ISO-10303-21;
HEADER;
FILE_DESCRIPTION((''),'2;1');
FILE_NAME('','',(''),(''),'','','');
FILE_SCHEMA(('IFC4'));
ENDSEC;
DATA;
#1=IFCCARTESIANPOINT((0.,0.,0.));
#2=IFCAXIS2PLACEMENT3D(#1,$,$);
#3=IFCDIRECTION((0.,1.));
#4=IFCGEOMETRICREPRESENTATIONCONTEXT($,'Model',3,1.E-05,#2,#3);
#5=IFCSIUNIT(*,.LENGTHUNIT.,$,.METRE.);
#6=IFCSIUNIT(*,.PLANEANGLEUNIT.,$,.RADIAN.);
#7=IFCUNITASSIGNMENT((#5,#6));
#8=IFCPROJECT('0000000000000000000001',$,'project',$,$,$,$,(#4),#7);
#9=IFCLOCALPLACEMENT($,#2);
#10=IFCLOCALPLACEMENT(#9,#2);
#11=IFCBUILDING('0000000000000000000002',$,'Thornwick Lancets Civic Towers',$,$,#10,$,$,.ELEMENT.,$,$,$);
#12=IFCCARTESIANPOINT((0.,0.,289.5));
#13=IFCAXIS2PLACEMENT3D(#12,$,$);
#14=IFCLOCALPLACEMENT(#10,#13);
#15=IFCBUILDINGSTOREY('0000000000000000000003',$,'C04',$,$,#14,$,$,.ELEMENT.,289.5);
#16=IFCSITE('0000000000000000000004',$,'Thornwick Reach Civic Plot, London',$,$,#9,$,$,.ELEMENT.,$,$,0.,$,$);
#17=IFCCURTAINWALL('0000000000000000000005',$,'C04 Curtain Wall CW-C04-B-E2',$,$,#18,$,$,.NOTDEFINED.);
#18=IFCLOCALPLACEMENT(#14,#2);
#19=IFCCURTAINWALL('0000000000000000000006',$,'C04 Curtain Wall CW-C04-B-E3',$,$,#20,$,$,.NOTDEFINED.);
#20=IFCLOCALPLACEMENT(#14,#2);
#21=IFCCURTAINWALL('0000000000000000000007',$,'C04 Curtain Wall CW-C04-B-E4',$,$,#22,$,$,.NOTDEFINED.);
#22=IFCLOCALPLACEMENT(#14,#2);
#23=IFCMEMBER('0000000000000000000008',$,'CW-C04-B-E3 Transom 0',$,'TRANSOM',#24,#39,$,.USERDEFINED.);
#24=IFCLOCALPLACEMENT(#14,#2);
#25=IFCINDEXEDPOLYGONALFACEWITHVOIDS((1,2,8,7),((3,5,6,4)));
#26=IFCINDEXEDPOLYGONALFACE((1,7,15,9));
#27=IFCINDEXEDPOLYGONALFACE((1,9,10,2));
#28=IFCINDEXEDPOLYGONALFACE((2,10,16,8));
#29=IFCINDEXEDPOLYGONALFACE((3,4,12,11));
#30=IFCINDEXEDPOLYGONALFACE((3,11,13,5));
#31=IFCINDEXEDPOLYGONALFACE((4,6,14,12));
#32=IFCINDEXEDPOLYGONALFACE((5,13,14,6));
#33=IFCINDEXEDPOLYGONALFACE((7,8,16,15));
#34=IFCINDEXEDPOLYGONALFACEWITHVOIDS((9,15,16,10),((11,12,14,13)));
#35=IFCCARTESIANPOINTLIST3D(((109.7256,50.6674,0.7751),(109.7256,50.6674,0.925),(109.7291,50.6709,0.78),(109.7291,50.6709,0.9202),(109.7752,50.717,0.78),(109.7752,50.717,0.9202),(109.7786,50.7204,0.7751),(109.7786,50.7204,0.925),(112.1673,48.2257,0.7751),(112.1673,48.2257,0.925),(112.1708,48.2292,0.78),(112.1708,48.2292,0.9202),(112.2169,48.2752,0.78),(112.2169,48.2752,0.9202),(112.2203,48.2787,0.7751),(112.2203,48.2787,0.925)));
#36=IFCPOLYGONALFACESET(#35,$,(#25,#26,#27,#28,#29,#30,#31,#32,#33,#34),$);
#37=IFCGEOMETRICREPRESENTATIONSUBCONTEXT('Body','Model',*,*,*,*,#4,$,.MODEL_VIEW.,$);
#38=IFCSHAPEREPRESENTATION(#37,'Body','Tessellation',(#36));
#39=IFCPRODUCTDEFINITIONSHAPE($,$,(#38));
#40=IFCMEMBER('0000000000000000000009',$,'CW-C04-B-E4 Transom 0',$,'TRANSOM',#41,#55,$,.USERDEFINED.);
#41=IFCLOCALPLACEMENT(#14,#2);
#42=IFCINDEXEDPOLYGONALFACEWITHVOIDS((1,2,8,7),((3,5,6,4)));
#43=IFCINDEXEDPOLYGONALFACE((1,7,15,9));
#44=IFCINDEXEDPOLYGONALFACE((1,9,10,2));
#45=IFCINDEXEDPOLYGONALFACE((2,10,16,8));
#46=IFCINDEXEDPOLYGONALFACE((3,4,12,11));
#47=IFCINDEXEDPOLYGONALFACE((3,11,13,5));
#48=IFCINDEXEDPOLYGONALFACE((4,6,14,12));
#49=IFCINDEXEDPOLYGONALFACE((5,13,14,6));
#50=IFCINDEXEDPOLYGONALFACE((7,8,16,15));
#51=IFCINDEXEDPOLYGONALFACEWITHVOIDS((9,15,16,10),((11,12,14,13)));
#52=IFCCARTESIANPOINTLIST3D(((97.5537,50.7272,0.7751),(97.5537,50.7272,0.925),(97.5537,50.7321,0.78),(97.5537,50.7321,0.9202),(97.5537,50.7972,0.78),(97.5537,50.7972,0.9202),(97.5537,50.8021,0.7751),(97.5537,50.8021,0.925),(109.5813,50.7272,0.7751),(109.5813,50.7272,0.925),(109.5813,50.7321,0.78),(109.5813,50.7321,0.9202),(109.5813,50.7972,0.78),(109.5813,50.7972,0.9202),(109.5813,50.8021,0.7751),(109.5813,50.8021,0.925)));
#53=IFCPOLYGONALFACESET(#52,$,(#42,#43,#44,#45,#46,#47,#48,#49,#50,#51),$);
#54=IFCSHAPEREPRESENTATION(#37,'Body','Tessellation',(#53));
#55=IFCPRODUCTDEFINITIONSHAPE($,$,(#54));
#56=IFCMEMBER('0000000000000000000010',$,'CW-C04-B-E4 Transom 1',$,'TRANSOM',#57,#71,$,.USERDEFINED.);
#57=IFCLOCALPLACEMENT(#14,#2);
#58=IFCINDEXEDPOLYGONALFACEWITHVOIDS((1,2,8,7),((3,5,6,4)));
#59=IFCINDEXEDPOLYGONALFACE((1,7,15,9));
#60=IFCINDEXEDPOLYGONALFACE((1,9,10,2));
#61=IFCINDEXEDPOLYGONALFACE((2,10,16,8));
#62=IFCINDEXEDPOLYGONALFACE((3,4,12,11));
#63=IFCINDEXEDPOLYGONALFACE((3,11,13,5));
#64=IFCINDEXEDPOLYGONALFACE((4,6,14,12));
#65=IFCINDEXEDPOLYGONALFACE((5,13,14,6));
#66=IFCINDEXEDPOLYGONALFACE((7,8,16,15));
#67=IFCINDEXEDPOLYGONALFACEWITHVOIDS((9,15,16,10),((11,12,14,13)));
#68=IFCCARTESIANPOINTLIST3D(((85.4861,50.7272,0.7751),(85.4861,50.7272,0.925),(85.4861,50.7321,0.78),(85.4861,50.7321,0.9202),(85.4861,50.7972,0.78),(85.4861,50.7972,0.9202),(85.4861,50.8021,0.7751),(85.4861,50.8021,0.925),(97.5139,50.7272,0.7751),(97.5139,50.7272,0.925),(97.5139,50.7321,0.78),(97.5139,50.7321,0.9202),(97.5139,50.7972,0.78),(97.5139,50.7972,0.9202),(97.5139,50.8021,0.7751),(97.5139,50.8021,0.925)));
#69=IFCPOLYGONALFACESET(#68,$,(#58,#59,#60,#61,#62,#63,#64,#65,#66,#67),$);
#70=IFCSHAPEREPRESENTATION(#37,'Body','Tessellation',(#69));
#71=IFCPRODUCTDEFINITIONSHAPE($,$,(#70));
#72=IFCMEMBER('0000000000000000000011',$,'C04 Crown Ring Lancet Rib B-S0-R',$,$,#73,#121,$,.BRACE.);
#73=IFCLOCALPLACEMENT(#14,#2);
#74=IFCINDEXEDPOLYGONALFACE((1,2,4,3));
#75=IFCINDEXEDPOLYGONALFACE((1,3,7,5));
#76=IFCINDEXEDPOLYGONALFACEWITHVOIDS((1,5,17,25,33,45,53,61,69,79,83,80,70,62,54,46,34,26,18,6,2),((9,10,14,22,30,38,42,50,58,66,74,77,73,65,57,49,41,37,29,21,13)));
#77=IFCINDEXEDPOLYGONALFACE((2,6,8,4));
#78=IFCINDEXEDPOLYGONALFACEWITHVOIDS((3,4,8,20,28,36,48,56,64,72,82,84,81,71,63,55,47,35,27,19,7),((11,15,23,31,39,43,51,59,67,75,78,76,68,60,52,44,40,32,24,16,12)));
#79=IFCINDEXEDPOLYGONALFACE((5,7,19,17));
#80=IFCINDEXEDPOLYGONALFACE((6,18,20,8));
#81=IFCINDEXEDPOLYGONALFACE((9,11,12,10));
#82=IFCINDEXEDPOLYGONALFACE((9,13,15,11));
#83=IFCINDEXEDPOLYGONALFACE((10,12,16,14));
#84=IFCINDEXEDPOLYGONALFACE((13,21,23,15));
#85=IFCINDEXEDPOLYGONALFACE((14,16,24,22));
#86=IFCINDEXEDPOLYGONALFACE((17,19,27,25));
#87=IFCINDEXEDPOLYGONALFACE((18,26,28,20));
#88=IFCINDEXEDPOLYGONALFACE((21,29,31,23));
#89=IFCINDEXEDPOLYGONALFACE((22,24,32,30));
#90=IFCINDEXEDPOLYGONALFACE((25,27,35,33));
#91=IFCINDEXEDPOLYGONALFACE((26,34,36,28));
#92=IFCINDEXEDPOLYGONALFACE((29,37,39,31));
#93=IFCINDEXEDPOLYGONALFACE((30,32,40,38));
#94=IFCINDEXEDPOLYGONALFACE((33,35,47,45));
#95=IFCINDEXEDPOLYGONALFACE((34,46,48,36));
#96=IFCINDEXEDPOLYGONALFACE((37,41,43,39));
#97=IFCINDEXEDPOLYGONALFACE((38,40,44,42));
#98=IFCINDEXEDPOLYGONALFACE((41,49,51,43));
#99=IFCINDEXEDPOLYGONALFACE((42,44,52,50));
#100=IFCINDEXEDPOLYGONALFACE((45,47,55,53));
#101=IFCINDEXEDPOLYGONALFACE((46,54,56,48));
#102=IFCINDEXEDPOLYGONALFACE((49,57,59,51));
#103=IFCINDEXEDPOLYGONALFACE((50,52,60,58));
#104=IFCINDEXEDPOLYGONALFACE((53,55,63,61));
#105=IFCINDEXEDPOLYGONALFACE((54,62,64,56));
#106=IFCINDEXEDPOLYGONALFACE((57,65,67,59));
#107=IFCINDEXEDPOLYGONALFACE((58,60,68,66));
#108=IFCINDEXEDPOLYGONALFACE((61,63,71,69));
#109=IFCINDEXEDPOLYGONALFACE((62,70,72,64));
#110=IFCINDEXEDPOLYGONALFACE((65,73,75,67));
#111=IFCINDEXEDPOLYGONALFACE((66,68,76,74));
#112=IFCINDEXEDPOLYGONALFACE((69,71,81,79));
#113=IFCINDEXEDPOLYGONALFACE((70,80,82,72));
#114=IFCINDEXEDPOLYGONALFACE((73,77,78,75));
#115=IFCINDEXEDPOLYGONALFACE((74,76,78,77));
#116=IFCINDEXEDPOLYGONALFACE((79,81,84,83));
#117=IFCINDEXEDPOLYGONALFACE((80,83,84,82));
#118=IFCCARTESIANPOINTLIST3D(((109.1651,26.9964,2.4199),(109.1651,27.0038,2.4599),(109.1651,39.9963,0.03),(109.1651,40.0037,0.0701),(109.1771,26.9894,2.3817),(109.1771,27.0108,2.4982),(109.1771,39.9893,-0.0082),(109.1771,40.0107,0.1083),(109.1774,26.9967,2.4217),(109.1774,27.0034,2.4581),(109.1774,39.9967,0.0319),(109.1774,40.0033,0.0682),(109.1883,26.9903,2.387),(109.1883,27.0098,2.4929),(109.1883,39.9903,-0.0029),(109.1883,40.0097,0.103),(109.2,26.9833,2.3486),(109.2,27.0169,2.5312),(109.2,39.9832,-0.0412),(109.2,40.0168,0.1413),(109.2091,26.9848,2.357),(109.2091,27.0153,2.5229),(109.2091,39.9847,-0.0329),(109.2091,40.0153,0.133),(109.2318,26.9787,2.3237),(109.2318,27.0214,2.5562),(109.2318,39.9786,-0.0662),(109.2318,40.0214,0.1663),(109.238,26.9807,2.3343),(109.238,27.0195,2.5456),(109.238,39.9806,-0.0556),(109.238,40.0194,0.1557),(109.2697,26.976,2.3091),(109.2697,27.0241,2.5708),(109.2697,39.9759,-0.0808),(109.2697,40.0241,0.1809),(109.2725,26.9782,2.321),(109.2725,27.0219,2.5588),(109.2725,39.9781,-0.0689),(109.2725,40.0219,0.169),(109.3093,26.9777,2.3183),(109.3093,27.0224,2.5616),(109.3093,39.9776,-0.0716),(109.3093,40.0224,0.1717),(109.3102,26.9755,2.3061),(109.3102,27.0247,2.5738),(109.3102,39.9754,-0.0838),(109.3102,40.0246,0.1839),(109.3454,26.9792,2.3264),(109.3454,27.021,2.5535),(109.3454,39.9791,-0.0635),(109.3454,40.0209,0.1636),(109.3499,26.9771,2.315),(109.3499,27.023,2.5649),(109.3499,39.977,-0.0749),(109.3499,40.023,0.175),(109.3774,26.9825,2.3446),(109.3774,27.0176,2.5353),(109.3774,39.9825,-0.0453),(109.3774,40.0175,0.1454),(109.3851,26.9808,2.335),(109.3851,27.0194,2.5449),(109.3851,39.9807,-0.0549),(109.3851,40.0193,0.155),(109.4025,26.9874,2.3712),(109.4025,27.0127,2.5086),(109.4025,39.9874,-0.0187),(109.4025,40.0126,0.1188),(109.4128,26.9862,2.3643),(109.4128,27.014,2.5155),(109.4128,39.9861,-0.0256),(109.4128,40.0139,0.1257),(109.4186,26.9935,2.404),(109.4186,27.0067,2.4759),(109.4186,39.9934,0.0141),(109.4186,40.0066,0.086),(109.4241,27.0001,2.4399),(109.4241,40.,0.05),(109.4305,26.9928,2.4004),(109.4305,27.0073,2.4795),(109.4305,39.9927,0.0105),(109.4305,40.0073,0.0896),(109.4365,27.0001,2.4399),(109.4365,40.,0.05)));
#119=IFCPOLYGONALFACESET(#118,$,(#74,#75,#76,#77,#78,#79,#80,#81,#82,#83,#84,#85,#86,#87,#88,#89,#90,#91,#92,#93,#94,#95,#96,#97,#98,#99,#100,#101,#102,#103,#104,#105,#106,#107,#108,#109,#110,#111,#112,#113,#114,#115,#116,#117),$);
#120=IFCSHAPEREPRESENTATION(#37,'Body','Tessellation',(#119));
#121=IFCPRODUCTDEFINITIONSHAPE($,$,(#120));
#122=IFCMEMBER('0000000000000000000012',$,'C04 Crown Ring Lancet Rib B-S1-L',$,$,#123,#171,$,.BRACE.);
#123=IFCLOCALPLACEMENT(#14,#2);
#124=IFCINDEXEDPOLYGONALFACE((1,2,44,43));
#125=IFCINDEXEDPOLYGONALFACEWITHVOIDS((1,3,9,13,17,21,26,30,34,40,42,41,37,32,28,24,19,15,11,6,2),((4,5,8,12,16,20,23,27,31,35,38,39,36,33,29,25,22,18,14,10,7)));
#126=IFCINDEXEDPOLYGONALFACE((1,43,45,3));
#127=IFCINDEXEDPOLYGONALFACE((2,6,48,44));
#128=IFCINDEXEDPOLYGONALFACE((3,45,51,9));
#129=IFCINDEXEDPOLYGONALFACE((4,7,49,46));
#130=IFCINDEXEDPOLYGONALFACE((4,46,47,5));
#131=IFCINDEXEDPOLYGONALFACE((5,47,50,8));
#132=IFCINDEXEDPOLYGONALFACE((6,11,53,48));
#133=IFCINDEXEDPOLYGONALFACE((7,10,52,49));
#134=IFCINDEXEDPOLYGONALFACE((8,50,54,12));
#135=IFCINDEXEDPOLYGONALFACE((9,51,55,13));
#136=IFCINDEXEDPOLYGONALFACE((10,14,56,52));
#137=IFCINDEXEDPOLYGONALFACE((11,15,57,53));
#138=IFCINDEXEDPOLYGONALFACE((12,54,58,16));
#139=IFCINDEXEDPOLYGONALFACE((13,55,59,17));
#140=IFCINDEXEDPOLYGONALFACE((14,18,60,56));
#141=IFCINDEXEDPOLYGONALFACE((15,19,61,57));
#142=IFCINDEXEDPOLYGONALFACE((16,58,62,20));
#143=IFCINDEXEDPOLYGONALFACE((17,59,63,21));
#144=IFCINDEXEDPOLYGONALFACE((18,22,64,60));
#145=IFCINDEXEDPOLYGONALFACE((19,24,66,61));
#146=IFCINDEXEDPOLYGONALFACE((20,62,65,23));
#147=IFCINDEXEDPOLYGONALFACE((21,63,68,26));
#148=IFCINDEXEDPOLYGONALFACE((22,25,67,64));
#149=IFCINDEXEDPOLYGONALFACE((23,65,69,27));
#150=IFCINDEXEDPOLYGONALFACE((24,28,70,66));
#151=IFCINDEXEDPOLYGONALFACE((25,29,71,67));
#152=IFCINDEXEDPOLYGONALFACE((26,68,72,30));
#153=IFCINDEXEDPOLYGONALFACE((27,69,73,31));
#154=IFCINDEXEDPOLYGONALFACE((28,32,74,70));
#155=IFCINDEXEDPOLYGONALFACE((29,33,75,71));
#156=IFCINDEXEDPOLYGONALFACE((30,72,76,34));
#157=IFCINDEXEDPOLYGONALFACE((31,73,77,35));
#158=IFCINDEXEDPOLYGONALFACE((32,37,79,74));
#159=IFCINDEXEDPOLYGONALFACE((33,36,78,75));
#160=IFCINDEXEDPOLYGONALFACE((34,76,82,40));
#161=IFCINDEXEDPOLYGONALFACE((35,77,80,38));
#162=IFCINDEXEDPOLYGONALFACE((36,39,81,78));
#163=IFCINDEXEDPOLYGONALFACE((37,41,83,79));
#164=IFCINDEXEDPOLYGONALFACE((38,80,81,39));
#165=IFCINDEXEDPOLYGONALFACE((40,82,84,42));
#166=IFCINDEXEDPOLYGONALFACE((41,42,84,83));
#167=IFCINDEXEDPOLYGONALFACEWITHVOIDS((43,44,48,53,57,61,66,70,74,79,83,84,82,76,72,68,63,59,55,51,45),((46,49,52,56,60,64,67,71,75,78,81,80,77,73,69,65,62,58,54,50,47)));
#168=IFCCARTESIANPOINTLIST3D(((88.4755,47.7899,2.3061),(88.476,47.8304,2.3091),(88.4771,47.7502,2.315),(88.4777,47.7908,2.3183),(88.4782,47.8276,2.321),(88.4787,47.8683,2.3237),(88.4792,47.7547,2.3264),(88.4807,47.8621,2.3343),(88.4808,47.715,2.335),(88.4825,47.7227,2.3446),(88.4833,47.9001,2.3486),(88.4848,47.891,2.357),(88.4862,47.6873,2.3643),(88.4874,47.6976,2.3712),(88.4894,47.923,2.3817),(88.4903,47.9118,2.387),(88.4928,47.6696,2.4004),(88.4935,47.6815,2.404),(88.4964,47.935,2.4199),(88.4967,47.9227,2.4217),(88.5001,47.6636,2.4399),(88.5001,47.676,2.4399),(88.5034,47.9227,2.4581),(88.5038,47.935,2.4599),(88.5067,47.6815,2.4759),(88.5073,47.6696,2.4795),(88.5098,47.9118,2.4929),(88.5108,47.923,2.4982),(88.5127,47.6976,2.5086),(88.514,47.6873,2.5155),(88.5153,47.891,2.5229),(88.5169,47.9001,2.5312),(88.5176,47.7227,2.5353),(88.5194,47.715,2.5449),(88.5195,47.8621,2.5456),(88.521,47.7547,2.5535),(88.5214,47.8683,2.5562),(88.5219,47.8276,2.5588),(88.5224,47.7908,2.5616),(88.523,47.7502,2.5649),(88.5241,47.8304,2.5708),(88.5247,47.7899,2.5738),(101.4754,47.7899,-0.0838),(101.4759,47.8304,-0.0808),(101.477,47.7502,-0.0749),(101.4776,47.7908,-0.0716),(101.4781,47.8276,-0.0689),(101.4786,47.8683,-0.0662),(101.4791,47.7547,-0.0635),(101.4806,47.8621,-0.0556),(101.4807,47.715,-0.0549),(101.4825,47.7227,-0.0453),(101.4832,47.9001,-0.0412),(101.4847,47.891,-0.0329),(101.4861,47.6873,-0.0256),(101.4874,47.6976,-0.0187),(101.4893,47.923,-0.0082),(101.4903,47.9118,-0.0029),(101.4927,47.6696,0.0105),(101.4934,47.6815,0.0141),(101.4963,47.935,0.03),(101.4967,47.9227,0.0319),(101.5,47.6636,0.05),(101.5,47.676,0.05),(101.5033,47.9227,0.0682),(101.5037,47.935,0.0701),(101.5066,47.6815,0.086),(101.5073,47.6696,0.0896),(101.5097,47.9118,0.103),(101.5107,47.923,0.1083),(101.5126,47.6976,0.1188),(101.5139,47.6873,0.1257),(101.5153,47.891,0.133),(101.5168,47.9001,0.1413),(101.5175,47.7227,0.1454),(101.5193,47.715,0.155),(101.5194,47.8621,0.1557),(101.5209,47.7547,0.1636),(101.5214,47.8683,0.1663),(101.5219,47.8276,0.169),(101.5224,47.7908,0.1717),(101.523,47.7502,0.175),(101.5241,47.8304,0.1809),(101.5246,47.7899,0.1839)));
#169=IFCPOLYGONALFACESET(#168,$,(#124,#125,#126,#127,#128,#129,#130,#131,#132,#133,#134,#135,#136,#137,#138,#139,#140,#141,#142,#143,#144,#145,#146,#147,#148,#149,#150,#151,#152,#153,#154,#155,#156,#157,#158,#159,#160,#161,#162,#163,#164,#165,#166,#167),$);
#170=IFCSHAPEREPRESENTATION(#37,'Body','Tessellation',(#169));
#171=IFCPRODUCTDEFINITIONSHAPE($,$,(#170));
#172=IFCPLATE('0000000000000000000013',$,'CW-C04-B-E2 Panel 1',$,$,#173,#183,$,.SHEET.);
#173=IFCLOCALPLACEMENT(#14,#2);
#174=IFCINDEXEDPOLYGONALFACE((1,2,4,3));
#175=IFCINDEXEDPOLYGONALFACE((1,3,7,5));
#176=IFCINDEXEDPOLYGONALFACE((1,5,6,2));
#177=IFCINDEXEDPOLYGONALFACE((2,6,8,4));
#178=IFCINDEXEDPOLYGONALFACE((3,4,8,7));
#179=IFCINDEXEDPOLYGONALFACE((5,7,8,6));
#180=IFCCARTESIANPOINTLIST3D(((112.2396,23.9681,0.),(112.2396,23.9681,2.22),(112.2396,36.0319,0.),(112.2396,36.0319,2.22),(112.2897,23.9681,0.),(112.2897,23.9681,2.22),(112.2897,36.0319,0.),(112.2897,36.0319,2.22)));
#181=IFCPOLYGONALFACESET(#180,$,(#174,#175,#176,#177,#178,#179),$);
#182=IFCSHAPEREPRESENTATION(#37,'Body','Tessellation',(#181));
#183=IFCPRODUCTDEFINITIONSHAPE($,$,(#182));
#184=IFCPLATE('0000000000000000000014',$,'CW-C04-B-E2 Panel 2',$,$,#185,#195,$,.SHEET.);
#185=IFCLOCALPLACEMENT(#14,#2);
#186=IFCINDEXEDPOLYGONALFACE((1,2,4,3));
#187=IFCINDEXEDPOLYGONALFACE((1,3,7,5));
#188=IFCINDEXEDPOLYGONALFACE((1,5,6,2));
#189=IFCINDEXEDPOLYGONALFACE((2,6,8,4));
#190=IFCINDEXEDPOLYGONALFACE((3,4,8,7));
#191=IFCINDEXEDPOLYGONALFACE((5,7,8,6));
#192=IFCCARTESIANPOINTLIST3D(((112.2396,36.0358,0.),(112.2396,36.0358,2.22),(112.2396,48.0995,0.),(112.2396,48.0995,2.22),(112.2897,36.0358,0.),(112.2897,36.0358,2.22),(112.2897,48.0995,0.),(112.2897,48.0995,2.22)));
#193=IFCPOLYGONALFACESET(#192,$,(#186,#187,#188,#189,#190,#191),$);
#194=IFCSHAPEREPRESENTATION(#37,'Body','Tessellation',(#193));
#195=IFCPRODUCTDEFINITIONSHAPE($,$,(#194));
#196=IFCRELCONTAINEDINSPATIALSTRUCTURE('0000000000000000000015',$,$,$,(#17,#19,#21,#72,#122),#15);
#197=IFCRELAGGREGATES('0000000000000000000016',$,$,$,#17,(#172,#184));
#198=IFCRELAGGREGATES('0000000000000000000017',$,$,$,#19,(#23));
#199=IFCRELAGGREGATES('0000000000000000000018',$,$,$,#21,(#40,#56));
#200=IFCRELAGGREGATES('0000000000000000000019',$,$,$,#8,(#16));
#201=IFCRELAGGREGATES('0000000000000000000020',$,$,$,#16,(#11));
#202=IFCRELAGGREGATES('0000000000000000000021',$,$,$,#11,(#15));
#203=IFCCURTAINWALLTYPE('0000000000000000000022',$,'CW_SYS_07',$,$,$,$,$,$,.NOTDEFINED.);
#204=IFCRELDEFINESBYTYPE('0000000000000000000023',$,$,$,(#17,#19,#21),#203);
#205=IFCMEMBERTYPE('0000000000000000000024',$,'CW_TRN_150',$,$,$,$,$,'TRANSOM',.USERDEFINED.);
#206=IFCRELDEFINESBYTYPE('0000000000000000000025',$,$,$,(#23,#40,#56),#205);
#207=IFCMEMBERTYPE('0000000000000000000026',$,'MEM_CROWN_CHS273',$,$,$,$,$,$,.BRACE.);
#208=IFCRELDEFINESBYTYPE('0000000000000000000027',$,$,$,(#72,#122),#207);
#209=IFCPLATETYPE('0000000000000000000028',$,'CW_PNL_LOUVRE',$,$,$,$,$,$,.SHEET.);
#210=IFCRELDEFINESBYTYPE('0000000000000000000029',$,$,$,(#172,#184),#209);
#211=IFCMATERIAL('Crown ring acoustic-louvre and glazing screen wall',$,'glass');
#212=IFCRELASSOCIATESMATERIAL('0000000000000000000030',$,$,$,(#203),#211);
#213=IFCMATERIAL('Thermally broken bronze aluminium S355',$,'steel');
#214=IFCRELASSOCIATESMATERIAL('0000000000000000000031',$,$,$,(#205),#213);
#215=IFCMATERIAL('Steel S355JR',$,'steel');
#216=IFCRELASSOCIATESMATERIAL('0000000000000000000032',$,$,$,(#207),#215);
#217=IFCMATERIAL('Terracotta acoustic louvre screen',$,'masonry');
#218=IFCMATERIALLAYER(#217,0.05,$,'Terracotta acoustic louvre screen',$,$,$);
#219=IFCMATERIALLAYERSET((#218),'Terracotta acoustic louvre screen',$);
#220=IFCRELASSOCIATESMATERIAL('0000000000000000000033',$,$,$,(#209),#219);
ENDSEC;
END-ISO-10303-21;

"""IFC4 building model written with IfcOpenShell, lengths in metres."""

from ifc_helpers import new_model, si_unit, direction, frame, origin, origin_2d, place, context, subcontext, project, spatial, rectangle, hollow_rectangle, hollow_circle, extrude, material, layer, layer_set, material_profile, profile_set, type_object, element, aggregate, save


model = new_model("IFC4")

# Units and contexts
model_context = context("Model", 3, precision=1e-05, world=origin(), true_north=direction((0.0, 1.0)))
body_context = subcontext(model_context, "Body", "Model", "MODEL_VIEW")
ifc_project = project(units=[si_unit("LENGTHUNIT", "METRE"), si_unit("PLANEANGLEUNIT", "RADIAN")], contexts=[model_context])

# Site, building, storey
site_placement = place(None, origin())
site = spatial("IfcSite", under=ifc_project, at=site_placement, Name="Thornwick Reach Civic Plot, London", CompositionType="ELEMENT", RefElevation=0.0)
building_placement = place(site_placement, origin())
building = spatial("IfcBuilding", under=site, at=building_placement, Name="Thornwick Lancets Civic Towers", CompositionType="ELEMENT")
storey_placement = place(building_placement, frame((0.0, 0.0, 289.5)))
storey = spatial("IfcBuildingStorey", under=building, at=storey_placement, Name="C04", CompositionType="ELEMENT", Elevation=289.5)

# Shared definitions
ifc_material_1 = material(Name="Steel S355JR", Category="steel")

# Curtain walls
ifc_material_2 = material(Name="Crown ring acoustic-louvre and glazing screen wall", Category="glass")
curtain_wall_type = type_object("IfcCurtainWallType", Name="CW_SYS_07", PredefinedType="NOTDEFINED", material=ifc_material_2)
curtain_wall_1_placement = place(storey_placement, origin())
curtain_wall_1 = element("IfcCurtainWall", 1, at=curtain_wall_1_placement, inside=storey, type_object=curtain_wall_type, Name="C04 Curtain Wall CW-C04-B-E2", PredefinedType="NOTDEFINED")
ifc_material_3 = material(Name="Thermally broken bronze aluminium S355", Category="steel")
curtain_wall_2_placement = place(storey_placement, origin())
curtain_wall_2 = element("IfcCurtainWall", 2, at=curtain_wall_2_placement, inside=storey, type_object=curtain_wall_type, Name="C04 Curtain Wall CW-C04-B-E3", PredefinedType="NOTDEFINED")
curtain_wall_3_placement = place(storey_placement, origin())
curtain_wall_3 = element("IfcCurtainWall", 3, at=curtain_wall_3_placement, inside=storey, type_object=curtain_wall_type, Name="C04 Curtain Wall CW-C04-B-E4", PredefinedType="NOTDEFINED")

# Members
ifc_material_profile_1 = material_profile(ifc_material_3, hollow_rectangle(XDim=0.075, YDim=0.1499, WallThickness=0.0049, at=origin_2d()), Name="RHS 150x75x5")
ifc_profile_set_1 = profile_set([ifc_material_profile_1], Name="Thermally broken bronze aluminium S355")
member_type_1 = type_object("IfcMemberType", Name="CW_TRN_150", ElementType="TRANSOM", PredefinedType="USERDEFINED", material=ifc_profile_set_1)
member_1_placement = place(storey_placement, frame((112.1938, 48.2522, 0.8501), z_axis=(-0.707107, 0.707107, 0.0), x_axis=(-0.707107, -0.707107, 0.0)))
member_1 = element("IfcMember", 4, at=member_1_placement, type_object=member_type_1, Name="CW-C04-B-E3 Transom 0", ObjectType="TRANSOM", PredefinedType="USERDEFINED", context=body_context, shape_type="SweptSolid", body=[
    extrude(hollow_rectangle(XDim=0.075, YDim=0.1499, WallThickness=0.0049, at=origin_2d()), origin(), (0.0, 0.0, 1.0), 3.4531),
])
member_2_placement = place(storey_placement, frame((109.5813, 50.7646, 0.8501), z_axis=(-1.0, 0.0, 0.0), x_axis=(0.0, -1.0, 0.0)))
member_2 = element("IfcMember", 5, at=member_2_placement, type_object=member_type_1, Name="CW-C04-B-E4 Transom 0", ObjectType="TRANSOM", PredefinedType="USERDEFINED", context=body_context, shape_type="SweptSolid", body=[
    extrude(hollow_rectangle(XDim=0.075, YDim=0.1499, WallThickness=0.0049, at=origin_2d()), origin(), (0.0, 0.0, 1.0), 12.0276),
])
member_3_placement = place(storey_placement, frame((97.5139, 50.7646, 0.8501), z_axis=(-1.0, 0.0, 0.0), x_axis=(0.0, -1.0, 0.0)))
member_3 = element("IfcMember", 6, at=member_3_placement, type_object=member_type_1, Name="CW-C04-B-E4 Transom 1", ObjectType="TRANSOM", PredefinedType="USERDEFINED", context=body_context, shape_type="SweptSolid", body=[
    extrude(hollow_rectangle(XDim=0.075, YDim=0.1499, WallThickness=0.0049, at=origin_2d()), origin(), (0.0, 0.0, 1.0), 12.0278),
])

# Members
ifc_material_profile_2 = material_profile(ifc_material_1, hollow_circle(Radius=0.1365, WallThickness=0.0125, at=origin_2d()), Name="CHS 273x12.5")
ifc_profile_set_2 = profile_set([ifc_material_profile_2], Name="Steel S355JR")
member_type_2 = type_object("IfcMemberType", Name="MEM_CROWN_CHS273", PredefinedType="BRACE", material=ifc_profile_set_2)
for number, where, z_axis, x_axis, name in (
    (7, (109.3, 40.0, 0.05), (0.0, -0.983518, 0.180808), (1.0, 0.0, 0.0), "C04 Crown Ring Lancet Rib B-S0-R"),
    (8, (101.5, 47.8, 0.05), (-0.983518, 0.0, 0.180808), (0.0, -1.0, 0.0), "C04 Crown Ring Lancet Rib B-S1-L"),
):
    element("IfcMember", number, at=place(storey_placement, frame(where, z_axis=z_axis, x_axis=x_axis)), inside=storey, type_object=member_type_2, Name=name, PredefinedType="BRACE", context=body_context, shape_type="SweptSolid", body=[
        extrude(hollow_circle(Radius=0.1365, WallThickness=0.0125, at=origin_2d()), origin(), (0.0, 0.0, 1.0), 13.2178),
    ])

# Plates
ifc_material_4 = material(Name="Terracotta acoustic louvre screen", Category="masonry")
ifc_layer_1 = layer(ifc_material_4, 0.05, Name="Terracotta acoustic louvre screen")
ifc_layer_set_1 = layer_set([ifc_layer_1], Name="Terracotta acoustic louvre screen")
plate_type_1 = type_object("IfcPlateType", Name="CW_PNL_LOUVRE", PredefinedType="SHEET", material=ifc_layer_set_1)
plate_1_placement = place(storey_placement, frame((112.2646, 30.0, 0.0), z_axis=(0.0, 0.0, 1.0), x_axis=(0.0, 1.0, 0.0)))
plate_1 = element("IfcPlate", 9, at=plate_1_placement, type_object=plate_type_1, Name="CW-C04-B-E2 Panel 1", PredefinedType="SHEET", context=body_context, shape_type="SweptSolid", body=[
    extrude(rectangle(XDim=12.0637, YDim=0.05, at=origin_2d()), origin(), (0.0, 0.0, 1.0), 2.22),
])
plate_2_placement = place(storey_placement, frame((112.2646, 42.0676, 0.0), z_axis=(0.0, 0.0, 1.0), x_axis=(0.0, 1.0, 0.0)))
plate_2 = element("IfcPlate", 10, at=plate_2_placement, type_object=plate_type_1, Name="CW-C04-B-E2 Panel 2", PredefinedType="SHEET", context=body_context, shape_type="SweptSolid", body=[
    extrude(rectangle(XDim=12.0637, YDim=0.05, at=origin_2d()), origin(), (0.0, 0.0, 1.0), 2.22),
])
aggregate(curtain_wall_1, [plate_1, plate_2])
aggregate(curtain_wall_2, [member_1])
aggregate(curtain_wall_3, [member_2, member_3])

save(model, "model.ifc")
